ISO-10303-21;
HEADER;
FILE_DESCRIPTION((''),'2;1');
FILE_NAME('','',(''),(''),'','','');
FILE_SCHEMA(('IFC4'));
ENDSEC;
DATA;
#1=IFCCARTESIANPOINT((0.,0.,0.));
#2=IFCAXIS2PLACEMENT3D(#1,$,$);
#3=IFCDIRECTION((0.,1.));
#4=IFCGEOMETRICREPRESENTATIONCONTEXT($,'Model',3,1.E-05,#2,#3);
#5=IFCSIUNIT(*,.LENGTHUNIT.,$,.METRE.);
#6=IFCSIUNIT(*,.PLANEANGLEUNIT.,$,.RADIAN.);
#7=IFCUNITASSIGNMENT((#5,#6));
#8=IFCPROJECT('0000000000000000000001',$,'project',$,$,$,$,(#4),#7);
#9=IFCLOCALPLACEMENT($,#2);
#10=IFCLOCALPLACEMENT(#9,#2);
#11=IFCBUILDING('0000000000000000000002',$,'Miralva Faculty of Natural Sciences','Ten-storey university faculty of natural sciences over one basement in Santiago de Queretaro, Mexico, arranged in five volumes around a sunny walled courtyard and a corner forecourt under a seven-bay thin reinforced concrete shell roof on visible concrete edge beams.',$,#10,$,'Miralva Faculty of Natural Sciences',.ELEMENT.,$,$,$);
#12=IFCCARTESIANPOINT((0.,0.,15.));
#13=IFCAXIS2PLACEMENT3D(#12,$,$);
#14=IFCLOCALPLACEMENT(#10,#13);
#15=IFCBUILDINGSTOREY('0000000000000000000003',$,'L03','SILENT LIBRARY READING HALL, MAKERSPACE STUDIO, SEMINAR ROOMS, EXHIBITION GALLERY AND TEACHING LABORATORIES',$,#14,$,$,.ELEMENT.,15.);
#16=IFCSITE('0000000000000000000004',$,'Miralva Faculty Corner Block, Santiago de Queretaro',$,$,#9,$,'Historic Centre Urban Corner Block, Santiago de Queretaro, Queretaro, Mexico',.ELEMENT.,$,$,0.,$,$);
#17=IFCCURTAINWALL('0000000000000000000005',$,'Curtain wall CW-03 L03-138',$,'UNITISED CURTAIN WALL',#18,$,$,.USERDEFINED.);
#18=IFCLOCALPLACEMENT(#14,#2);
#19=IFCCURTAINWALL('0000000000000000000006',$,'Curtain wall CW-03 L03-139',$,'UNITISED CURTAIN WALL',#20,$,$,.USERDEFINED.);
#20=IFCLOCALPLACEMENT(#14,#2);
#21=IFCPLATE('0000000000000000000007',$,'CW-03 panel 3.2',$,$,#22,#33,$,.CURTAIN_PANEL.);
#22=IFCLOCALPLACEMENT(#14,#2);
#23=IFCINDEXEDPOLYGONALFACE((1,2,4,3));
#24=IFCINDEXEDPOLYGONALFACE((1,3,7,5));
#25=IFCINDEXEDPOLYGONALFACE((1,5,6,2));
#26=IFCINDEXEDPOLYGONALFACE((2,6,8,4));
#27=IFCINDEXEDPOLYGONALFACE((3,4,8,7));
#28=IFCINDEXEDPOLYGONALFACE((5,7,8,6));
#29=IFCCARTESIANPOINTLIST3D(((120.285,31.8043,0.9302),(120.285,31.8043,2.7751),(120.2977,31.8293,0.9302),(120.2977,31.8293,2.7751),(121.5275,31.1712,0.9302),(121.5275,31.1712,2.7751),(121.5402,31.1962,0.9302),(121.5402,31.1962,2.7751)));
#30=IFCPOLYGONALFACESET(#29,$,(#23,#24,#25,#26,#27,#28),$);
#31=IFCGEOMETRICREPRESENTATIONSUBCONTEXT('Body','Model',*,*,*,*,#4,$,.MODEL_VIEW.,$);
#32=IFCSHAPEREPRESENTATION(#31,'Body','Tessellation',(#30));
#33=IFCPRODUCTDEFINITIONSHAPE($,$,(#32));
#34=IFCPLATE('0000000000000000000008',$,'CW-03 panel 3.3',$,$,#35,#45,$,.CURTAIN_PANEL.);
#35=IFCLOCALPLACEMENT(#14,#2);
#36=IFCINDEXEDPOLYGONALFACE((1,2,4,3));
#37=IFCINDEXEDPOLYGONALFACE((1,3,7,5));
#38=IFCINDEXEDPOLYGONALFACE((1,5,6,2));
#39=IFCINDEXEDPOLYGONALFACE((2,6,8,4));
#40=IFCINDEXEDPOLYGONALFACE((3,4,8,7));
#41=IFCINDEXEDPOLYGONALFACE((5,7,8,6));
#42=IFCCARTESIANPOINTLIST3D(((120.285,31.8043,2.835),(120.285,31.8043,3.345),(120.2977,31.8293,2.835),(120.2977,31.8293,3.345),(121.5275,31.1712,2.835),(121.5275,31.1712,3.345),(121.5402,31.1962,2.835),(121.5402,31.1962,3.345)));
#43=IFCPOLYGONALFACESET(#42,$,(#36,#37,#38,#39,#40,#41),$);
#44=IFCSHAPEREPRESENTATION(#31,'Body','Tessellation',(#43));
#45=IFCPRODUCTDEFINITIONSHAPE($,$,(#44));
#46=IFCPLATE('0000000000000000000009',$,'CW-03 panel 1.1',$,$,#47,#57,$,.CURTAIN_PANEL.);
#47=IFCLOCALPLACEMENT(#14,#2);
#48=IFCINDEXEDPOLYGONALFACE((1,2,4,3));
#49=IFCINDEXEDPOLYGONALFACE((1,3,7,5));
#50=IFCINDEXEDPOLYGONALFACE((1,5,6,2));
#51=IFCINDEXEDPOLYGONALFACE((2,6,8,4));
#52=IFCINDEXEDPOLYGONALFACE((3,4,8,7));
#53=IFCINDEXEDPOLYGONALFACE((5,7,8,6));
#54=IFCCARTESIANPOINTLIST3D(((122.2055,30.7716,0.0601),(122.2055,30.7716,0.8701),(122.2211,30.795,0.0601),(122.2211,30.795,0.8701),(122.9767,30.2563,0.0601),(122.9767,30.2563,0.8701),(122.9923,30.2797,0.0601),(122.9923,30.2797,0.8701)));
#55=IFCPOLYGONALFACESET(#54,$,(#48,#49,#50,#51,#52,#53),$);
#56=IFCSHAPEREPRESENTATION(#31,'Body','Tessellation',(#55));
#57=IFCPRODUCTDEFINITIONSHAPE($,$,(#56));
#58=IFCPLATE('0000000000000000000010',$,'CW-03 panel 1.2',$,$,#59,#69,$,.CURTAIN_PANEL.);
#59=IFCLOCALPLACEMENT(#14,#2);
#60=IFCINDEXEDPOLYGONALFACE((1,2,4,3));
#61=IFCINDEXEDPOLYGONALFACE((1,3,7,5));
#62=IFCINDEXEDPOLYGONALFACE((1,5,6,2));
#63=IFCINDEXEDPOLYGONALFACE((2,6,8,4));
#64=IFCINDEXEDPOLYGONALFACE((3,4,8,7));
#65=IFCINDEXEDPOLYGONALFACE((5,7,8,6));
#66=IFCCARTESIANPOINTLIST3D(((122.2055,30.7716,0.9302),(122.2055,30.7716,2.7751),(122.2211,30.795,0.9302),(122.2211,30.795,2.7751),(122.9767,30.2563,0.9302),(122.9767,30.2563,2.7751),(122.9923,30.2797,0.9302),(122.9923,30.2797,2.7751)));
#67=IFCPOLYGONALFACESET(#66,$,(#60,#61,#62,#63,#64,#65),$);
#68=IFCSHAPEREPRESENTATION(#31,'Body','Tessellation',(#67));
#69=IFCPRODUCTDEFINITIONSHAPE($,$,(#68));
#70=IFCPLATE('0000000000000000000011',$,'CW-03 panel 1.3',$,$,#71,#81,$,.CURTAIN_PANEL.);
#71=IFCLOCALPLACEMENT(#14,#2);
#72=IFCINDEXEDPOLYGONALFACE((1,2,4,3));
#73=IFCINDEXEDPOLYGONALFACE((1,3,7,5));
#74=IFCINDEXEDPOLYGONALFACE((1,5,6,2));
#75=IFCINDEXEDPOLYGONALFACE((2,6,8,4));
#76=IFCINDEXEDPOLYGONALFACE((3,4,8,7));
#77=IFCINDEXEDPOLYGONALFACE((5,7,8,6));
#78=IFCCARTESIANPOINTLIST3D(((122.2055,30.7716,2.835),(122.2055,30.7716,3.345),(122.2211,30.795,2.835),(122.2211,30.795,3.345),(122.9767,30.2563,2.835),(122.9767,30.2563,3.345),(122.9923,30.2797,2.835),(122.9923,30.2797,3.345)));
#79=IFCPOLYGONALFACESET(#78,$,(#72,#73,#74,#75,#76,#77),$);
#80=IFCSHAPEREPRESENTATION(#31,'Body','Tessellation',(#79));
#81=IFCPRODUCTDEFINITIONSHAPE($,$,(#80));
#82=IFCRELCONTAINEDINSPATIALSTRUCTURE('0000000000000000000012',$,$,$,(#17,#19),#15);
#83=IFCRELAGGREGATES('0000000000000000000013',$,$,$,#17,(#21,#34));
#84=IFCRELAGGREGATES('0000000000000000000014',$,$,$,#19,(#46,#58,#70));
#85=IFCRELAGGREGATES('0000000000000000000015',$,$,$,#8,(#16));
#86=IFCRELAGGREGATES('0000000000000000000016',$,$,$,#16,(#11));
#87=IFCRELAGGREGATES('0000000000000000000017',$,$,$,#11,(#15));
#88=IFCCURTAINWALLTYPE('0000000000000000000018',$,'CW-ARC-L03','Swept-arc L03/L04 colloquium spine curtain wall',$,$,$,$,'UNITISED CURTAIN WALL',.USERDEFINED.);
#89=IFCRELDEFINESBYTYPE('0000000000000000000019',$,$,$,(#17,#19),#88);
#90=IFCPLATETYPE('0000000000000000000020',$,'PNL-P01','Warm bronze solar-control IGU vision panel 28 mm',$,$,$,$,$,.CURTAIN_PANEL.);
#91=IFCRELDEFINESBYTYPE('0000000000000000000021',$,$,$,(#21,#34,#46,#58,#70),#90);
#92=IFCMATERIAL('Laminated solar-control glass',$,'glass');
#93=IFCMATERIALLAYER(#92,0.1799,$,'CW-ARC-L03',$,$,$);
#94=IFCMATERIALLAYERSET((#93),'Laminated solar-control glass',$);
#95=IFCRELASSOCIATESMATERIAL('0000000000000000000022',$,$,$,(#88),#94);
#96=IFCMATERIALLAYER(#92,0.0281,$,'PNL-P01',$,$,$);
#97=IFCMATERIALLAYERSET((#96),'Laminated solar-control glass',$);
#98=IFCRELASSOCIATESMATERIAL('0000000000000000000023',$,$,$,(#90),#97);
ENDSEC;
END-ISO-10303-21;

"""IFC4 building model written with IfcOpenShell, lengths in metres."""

from ifc_helpers import new_model, si_unit, direction, frame, origin, origin_2d, place, context, subcontext, project, spatial, rectangle, extrude, material, layer, layer_set, type_object, element, aggregate, save


model = new_model("IFC4")

# Units and contexts
model_context = context("Model", 3, precision=1e-05, world=origin(), true_north=direction((0.0, 1.0)))
body_context = subcontext(model_context, "Body", "Model", "MODEL_VIEW")
ifc_project = project(units=[si_unit("LENGTHUNIT", "METRE"), si_unit("PLANEANGLEUNIT", "RADIAN")], contexts=[model_context])

# Site, building, storey
site_placement = place(None, origin())
site = spatial("IfcSite", under=ifc_project, at=site_placement, Name="Miralva Faculty Corner Block, Santiago de Queretaro", LongName="Historic Centre Urban Corner Block, Santiago de Queretaro, Queretaro, Mexico", CompositionType="ELEMENT", RefElevation=0.0)
building_placement = place(site_placement, origin())
building = spatial("IfcBuilding", under=site, at=building_placement, Name="Miralva Faculty of Natural Sciences", Description="Ten-storey university faculty of natural sciences over one basement in Santiago de Queretaro, Mexico, arranged in five volumes around a sunny walled courtyard and a corner forecourt under a seven-bay thin reinforced concrete shell roof on visible concrete edge beams.", LongName="Miralva Faculty of Natural Sciences", CompositionType="ELEMENT")
storey_placement = place(building_placement, frame((0.0, 0.0, 15.0)))
storey = spatial("IfcBuildingStorey", under=building, at=storey_placement, Name="L03", Description="SILENT LIBRARY READING HALL, MAKERSPACE STUDIO, SEMINAR ROOMS, EXHIBITION GALLERY AND TEACHING LABORATORIES", CompositionType="ELEMENT", Elevation=15.0)

# Curtain wall
ifc_material_1 = material(Name="Laminated solar-control glass", Category="glass")
ifc_layer_1 = layer(ifc_material_1, 0.1799, Name="CW-ARC-L03")
ifc_layer_set_1 = layer_set([ifc_layer_1], Name="Laminated solar-control glass")
curtain_wall_type = type_object("IfcCurtainWallType", Name="CW-ARC-L03", Description="Swept-arc L03/L04 colloquium spine curtain wall", ElementType="UNITISED CURTAIN WALL", PredefinedType="USERDEFINED", material=ifc_layer_set_1)
curtain_wall_1_placement = place(storey_placement, origin())
curtain_wall_1 = element("IfcCurtainWall", 1, at=curtain_wall_1_placement, inside=storey, type_object=curtain_wall_type, Name="Curtain wall CW-03 L03-138", ObjectType="UNITISED CURTAIN WALL", PredefinedType="USERDEFINED")

# Curtain wall
curtain_wall_2_placement = place(storey_placement, origin())
curtain_wall_2 = element("IfcCurtainWall", 2, at=curtain_wall_2_placement, inside=storey, type_object=curtain_wall_type, Name="Curtain wall CW-03 L03-139", ObjectType="UNITISED CURTAIN WALL", PredefinedType="USERDEFINED")

# Plates
ifc_layer_2 = layer(ifc_material_1, 0.0281, Name="PNL-P01")
ifc_layer_set_2 = layer_set([ifc_layer_2], Name="Laminated solar-control glass")
plate_type = type_object("IfcPlateType", Name="PNL-P01", Description="Warm bronze solar-control IGU vision panel 28 mm", PredefinedType="CURTAIN_PANEL", material=ifc_layer_set_2)
plate_1_placement = place(storey_placement, frame((120.9126, 31.5002, 0.9302), z_axis=(0.0, 0.0, 1.0), x_axis=(0.891001, -0.454001, 0.0)))
plate_1 = element("IfcPlate", 3, at=plate_1_placement, type_object=plate_type, Name="CW-03 panel 3.2", PredefinedType="CURTAIN_PANEL", context=body_context, shape_type="SweptSolid", body=[
    extrude(rectangle(XDim=1.3945, YDim=0.0281, at=origin_2d()), origin(), (0.0, 0.0, 1.0), 1.845),
])
plate_2_placement = place(storey_placement, frame((120.9126, 31.5002, 2.835), z_axis=(0.0, 0.0, 1.0), x_axis=(0.891001, -0.454001, 0.0)))
plate_2 = element("IfcPlate", 4, at=plate_2_placement, type_object=plate_type, Name="CW-03 panel 3.3", PredefinedType="CURTAIN_PANEL", context=body_context, shape_type="SweptSolid", body=[
    extrude(rectangle(XDim=1.3945, YDim=0.0281, at=origin_2d()), origin(), (0.0, 0.0, 1.0), 0.51),
])
aggregate(curtain_wall_1, [plate_1, plate_2])
plate_3_placement = place(storey_placement, frame((122.5989, 30.5256, 0.0601), z_axis=(0.0, 0.0, 1.0), x_axis=(0.831457, -0.555589, 0.0)))
plate_3 = element("IfcPlate", 5, at=plate_3_placement, type_object=plate_type, Name="CW-03 panel 1.1", PredefinedType="CURTAIN_PANEL", context=body_context, shape_type="SweptSolid", body=[
    extrude(rectangle(XDim=0.9275, YDim=0.0281, at=origin_2d()), origin(), (0.0, 0.0, 1.0), 0.8101),
])
plate_4_placement = place(storey_placement, frame((122.5989, 30.5256, 0.9302), z_axis=(0.0, 0.0, 1.0), x_axis=(0.831457, -0.555589, 0.0)))
plate_4 = element("IfcPlate", 6, at=plate_4_placement, type_object=plate_type, Name="CW-03 panel 1.2", PredefinedType="CURTAIN_PANEL", context=body_context, shape_type="SweptSolid", body=[
    extrude(rectangle(XDim=0.9275, YDim=0.0281, at=origin_2d()), origin(), (0.0, 0.0, 1.0), 1.845),
])
plate_5_placement = place(storey_placement, frame((122.5989, 30.5256, 2.835), z_axis=(0.0, 0.0, 1.0), x_axis=(0.831457, -0.555589, 0.0)))
plate_5 = element("IfcPlate", 7, at=plate_5_placement, type_object=plate_type, Name="CW-03 panel 1.3", PredefinedType="CURTAIN_PANEL", context=body_context, shape_type="SweptSolid", body=[
    extrude(rectangle(XDim=0.9275, YDim=0.0281, at=origin_2d()), origin(), (0.0, 0.0, 1.0), 0.51),
])
aggregate(curtain_wall_2, [plate_3, plate_4, plate_5])

save(model, "model.ifc")
